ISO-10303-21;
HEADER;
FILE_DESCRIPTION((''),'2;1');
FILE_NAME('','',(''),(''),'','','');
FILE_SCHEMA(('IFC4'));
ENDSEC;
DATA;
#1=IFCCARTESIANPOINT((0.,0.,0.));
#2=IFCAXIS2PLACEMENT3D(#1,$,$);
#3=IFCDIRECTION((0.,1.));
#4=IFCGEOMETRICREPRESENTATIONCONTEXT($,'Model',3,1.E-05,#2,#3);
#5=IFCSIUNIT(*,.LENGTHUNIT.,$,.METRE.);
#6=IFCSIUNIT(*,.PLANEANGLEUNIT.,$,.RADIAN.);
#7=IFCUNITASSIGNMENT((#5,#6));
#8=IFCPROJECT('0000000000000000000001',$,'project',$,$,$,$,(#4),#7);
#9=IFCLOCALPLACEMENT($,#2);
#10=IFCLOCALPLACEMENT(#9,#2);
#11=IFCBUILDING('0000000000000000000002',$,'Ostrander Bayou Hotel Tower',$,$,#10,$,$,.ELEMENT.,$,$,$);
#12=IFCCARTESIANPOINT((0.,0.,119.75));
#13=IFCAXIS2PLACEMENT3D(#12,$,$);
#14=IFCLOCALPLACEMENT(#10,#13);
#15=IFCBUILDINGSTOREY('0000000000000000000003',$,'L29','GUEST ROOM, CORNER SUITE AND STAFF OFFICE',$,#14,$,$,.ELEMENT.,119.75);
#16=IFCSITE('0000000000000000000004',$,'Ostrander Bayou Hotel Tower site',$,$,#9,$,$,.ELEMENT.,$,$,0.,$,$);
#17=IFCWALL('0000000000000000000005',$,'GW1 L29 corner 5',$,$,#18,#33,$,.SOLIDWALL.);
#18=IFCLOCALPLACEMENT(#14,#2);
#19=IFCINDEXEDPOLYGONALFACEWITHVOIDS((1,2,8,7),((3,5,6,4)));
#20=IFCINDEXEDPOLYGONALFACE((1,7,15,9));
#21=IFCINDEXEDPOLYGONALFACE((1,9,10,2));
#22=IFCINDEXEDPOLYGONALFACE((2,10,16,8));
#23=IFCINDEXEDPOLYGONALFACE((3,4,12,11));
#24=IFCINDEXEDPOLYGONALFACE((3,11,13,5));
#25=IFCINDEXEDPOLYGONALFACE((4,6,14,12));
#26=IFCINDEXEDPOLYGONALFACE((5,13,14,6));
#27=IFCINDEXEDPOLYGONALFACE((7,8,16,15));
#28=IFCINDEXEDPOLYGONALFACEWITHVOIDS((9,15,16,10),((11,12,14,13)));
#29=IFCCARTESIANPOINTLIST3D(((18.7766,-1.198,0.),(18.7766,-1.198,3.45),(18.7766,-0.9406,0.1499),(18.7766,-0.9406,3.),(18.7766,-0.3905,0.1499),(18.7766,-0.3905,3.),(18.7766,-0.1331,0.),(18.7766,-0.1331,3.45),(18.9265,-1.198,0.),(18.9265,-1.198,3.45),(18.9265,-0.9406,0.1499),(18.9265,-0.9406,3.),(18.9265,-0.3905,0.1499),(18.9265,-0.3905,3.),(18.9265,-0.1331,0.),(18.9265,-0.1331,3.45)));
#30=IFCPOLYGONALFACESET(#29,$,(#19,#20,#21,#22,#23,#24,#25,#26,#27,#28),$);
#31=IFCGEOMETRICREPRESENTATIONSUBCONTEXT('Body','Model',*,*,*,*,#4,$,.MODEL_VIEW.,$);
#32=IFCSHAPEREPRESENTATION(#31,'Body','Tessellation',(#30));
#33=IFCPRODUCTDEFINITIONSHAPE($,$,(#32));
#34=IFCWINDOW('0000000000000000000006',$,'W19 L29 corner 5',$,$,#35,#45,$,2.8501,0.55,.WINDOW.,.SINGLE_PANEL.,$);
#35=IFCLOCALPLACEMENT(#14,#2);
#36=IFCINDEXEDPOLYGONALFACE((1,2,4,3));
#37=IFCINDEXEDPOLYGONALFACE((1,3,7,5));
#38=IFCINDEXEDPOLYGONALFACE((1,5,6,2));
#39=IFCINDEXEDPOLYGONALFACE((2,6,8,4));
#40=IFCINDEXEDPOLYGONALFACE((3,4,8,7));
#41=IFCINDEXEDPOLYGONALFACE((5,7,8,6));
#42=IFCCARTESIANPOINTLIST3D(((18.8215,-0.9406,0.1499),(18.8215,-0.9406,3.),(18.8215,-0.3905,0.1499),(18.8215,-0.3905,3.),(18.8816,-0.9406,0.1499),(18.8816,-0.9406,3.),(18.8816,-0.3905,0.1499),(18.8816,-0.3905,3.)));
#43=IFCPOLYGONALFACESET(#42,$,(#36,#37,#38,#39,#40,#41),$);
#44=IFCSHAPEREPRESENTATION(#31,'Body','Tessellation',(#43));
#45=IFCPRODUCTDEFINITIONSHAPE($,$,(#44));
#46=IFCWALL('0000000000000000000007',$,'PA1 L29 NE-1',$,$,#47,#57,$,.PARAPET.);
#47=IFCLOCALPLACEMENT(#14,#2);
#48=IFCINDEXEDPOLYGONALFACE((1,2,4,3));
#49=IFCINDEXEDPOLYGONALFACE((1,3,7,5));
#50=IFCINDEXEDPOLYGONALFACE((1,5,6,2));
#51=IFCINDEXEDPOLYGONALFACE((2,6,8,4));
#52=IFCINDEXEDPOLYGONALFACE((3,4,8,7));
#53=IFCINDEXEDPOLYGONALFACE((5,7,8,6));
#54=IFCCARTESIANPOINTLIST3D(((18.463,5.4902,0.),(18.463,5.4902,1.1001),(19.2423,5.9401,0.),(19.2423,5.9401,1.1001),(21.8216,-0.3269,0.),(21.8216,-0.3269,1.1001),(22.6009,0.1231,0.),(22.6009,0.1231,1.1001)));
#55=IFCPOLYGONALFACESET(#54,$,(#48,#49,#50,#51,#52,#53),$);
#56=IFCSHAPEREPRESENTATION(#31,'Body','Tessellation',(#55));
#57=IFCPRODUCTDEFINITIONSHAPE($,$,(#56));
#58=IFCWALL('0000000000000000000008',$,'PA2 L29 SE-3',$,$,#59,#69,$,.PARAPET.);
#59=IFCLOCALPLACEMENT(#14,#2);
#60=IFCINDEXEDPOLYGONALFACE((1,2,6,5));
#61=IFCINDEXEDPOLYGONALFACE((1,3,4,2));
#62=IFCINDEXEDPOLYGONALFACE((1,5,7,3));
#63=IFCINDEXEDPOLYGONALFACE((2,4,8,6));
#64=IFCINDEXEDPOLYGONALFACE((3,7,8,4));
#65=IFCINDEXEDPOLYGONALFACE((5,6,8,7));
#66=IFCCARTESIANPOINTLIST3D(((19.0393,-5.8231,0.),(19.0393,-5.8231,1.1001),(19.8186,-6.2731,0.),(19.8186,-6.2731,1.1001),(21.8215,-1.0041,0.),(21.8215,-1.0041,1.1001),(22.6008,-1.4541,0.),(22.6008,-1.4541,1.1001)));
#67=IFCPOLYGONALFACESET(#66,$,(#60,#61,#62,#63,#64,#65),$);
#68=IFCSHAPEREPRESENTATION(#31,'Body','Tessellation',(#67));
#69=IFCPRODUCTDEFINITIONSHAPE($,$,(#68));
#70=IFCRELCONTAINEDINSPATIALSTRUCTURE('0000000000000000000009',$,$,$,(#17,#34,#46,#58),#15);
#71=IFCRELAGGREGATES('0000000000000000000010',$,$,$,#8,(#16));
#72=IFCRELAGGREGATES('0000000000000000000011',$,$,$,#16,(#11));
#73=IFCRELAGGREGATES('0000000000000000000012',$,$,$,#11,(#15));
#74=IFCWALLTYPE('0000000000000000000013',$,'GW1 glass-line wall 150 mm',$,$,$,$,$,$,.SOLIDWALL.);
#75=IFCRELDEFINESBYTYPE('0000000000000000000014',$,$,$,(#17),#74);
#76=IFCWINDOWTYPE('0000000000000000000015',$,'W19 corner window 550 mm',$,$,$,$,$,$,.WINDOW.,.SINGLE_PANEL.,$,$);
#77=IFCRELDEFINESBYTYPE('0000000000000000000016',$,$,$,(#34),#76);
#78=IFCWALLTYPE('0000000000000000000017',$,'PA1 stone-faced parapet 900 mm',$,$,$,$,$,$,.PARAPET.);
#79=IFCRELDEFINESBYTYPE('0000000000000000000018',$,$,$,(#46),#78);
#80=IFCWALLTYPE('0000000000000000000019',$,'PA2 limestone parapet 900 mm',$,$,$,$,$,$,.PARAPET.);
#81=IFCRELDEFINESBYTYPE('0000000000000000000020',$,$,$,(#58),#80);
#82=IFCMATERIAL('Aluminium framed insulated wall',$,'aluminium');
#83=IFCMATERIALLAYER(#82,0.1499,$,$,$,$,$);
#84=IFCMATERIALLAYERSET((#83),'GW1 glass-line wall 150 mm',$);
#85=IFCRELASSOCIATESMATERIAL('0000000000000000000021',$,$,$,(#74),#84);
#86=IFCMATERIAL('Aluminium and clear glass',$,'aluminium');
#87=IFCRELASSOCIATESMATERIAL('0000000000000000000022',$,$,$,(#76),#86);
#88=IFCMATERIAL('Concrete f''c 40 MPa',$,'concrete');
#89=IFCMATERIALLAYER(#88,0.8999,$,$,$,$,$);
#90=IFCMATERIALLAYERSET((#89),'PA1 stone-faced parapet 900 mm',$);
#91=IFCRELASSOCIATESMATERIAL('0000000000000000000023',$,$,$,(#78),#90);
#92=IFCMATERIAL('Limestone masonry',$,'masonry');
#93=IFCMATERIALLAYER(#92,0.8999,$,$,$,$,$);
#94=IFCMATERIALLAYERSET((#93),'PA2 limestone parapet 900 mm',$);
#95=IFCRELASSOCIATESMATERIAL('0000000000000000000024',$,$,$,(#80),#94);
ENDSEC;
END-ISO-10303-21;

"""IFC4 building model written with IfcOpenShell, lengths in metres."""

from ifc_helpers import new_model, si_unit, direction, frame, frame_2d, origin, place, context, subcontext, project, spatial, rectangle, extrude, material, layer, layer_set, type_object, element, fill, save


model = new_model("IFC4")

# Units and contexts
model_context = context("Model", 3, precision=1e-05, world=origin(), true_north=direction((0.0, 1.0)))
body_context = subcontext(model_context, "Body", "Model", "MODEL_VIEW")
ifc_project = project(units=[si_unit("LENGTHUNIT", "METRE"), si_unit("PLANEANGLEUNIT", "RADIAN")], contexts=[model_context])

# Site, building, storey
site_placement = place(None, origin())
site = spatial("IfcSite", under=ifc_project, at=site_placement, Name="Ostrander Bayou Hotel Tower site", CompositionType="ELEMENT", RefElevation=0.0)
building_placement = place(site_placement, origin())
building = spatial("IfcBuilding", under=site, at=building_placement, Name="Ostrander Bayou Hotel Tower", CompositionType="ELEMENT")
storey_placement = place(building_placement, frame((0.0, 0.0, 119.75)))
storey = spatial("IfcBuildingStorey", under=building, at=storey_placement, Name="L29", Description="GUEST ROOM, CORNER SUITE AND STAFF OFFICE", CompositionType="ELEMENT", Elevation=119.75)

# Shared definitions
ifc_material_1 = material(Name="Aluminium framed insulated wall", Category="aluminium")
ifc_layer_1 = layer(ifc_material_1, 0.1499)
ifc_layer_set_1 = layer_set([ifc_layer_1], Name="GW1 glass-line wall 150 mm")
wall_type_1 = type_object("IfcWallType", Name="GW1 glass-line wall 150 mm", PredefinedType="SOLIDWALL", material=ifc_layer_set_1)

# Wall, opening, window
wall_1_placement = place(storey_placement, frame((18.8516, -1.198, 0.0), z_axis=(0.0, 0.0, 1.0), x_axis=(0.0, 1.0, 0.0)))
wall_1 = element("IfcWall", 1, at=wall_1_placement, inside=storey, type_object=wall_type_1, Name="GW1 L29 corner 5", PredefinedType="SOLIDWALL", context=body_context, shape_type="SweptSolid", body=[
    extrude(rectangle(XDim=1.0649, YDim=0.1499, at=frame_2d((0.5325, 0.0))), origin(), (0.0, 0.0, 1.0), 3.45),
])
opening_1_placement = place(wall_1_placement, frame((0.2576, 0.0, 0.1499)))
opening_1 = element("IfcOpeningElement", 2, at=opening_1_placement, cuts=wall_1, PredefinedType="OPENING", context=body_context, shape_type="SweptSolid", body=[
    extrude(rectangle(XDim=0.55, YDim=2.8501, at=frame_2d((0.2749, 1.425))), frame((0.0, 0.075, 0.0), z_axis=(0.0, -1.0, 0.0), x_axis=(1.0, 0.0, 0.0)), (0.0, 0.0, 1.0), 0.1499),
])
ifc_material_2 = material(Name="Aluminium and clear glass", Category="aluminium")
window_type_1 = type_object("IfcWindowType", Name="W19 corner window 550 mm", PartitioningType="SINGLE_PANEL", PredefinedType="WINDOW", material=ifc_material_2)
window_1_placement = place(opening_1_placement, origin())
window_1 = element("IfcWindow", 3, at=window_1_placement, inside=storey, type_object=window_type_1, Name="W19 L29 corner 5", OverallHeight=2.8501, OverallWidth=0.55, PartitioningType="SINGLE_PANEL", PredefinedType="WINDOW", context=body_context, shape_type="SweptSolid", body=[
    extrude(rectangle(XDim=0.55, YDim=2.8501, at=frame_2d((0.2749, 1.425))), frame((0.0, 0.03, 0.0), z_axis=(0.0, -1.0, 0.0), x_axis=(1.0, 0.0, 0.0)), (0.0, 0.0, 1.0), 0.0601),
])
fill(opening_1, window_1)

# Walls
ifc_material_3 = material(Name="Concrete f'c 40 MPa", Category="concrete")
ifc_layer_2 = layer(ifc_material_3, 0.8999)
ifc_layer_set_2 = layer_set([ifc_layer_2], Name="PA1 stone-faced parapet 900 mm")
wall_type_2 = type_object("IfcWallType", Name="PA1 stone-faced parapet 900 mm", PredefinedType="PARAPET", material=ifc_layer_set_2)
wall_2_placement = place(storey_placement, frame((22.2112, -0.1018, 0.0), z_axis=(0.0, 0.0, 1.0), x_axis=(-0.500013, 0.866018, 0.0)))
element("IfcWall", 4, at=wall_2_placement, inside=storey, type_object=wall_type_2, Name="PA1 L29 NE-1", PredefinedType="PARAPET", context=body_context, shape_type="SweptSolid", body=[
    extrude(rectangle(XDim=6.717, YDim=0.8999, at=frame_2d((3.3584, 0.0))), origin(), (0.0, 0.0, 1.0), 1.1001),
])
ifc_material_4 = material(Name="Limestone masonry", Category="masonry")
ifc_layer_3 = layer(ifc_material_4, 0.8999)
ifc_layer_set_3 = layer_set([ifc_layer_3], Name="PA2 limestone parapet 900 mm")
wall_type_3 = type_object("IfcWallType", Name="PA2 limestone parapet 900 mm", PredefinedType="PARAPET", material=ifc_layer_set_3)
wall_3_placement = place(storey_placement, frame((19.429, -6.0481, 0.0), z_axis=(0.0, 0.0, 1.0), x_axis=(0.49999, 0.866031, 0.0)))
element("IfcWall", 5, at=wall_3_placement, inside=storey, type_object=wall_type_3, Name="PA2 L29 SE-3", PredefinedType="PARAPET", context=body_context, shape_type="SweptSolid", body=[
    extrude(rectangle(XDim=5.5645, YDim=0.8999, at=frame_2d((2.7822, 0.0))), origin(), (0.0, 0.0, 1.0), 1.1001),
])

save(model, "model.ifc")
